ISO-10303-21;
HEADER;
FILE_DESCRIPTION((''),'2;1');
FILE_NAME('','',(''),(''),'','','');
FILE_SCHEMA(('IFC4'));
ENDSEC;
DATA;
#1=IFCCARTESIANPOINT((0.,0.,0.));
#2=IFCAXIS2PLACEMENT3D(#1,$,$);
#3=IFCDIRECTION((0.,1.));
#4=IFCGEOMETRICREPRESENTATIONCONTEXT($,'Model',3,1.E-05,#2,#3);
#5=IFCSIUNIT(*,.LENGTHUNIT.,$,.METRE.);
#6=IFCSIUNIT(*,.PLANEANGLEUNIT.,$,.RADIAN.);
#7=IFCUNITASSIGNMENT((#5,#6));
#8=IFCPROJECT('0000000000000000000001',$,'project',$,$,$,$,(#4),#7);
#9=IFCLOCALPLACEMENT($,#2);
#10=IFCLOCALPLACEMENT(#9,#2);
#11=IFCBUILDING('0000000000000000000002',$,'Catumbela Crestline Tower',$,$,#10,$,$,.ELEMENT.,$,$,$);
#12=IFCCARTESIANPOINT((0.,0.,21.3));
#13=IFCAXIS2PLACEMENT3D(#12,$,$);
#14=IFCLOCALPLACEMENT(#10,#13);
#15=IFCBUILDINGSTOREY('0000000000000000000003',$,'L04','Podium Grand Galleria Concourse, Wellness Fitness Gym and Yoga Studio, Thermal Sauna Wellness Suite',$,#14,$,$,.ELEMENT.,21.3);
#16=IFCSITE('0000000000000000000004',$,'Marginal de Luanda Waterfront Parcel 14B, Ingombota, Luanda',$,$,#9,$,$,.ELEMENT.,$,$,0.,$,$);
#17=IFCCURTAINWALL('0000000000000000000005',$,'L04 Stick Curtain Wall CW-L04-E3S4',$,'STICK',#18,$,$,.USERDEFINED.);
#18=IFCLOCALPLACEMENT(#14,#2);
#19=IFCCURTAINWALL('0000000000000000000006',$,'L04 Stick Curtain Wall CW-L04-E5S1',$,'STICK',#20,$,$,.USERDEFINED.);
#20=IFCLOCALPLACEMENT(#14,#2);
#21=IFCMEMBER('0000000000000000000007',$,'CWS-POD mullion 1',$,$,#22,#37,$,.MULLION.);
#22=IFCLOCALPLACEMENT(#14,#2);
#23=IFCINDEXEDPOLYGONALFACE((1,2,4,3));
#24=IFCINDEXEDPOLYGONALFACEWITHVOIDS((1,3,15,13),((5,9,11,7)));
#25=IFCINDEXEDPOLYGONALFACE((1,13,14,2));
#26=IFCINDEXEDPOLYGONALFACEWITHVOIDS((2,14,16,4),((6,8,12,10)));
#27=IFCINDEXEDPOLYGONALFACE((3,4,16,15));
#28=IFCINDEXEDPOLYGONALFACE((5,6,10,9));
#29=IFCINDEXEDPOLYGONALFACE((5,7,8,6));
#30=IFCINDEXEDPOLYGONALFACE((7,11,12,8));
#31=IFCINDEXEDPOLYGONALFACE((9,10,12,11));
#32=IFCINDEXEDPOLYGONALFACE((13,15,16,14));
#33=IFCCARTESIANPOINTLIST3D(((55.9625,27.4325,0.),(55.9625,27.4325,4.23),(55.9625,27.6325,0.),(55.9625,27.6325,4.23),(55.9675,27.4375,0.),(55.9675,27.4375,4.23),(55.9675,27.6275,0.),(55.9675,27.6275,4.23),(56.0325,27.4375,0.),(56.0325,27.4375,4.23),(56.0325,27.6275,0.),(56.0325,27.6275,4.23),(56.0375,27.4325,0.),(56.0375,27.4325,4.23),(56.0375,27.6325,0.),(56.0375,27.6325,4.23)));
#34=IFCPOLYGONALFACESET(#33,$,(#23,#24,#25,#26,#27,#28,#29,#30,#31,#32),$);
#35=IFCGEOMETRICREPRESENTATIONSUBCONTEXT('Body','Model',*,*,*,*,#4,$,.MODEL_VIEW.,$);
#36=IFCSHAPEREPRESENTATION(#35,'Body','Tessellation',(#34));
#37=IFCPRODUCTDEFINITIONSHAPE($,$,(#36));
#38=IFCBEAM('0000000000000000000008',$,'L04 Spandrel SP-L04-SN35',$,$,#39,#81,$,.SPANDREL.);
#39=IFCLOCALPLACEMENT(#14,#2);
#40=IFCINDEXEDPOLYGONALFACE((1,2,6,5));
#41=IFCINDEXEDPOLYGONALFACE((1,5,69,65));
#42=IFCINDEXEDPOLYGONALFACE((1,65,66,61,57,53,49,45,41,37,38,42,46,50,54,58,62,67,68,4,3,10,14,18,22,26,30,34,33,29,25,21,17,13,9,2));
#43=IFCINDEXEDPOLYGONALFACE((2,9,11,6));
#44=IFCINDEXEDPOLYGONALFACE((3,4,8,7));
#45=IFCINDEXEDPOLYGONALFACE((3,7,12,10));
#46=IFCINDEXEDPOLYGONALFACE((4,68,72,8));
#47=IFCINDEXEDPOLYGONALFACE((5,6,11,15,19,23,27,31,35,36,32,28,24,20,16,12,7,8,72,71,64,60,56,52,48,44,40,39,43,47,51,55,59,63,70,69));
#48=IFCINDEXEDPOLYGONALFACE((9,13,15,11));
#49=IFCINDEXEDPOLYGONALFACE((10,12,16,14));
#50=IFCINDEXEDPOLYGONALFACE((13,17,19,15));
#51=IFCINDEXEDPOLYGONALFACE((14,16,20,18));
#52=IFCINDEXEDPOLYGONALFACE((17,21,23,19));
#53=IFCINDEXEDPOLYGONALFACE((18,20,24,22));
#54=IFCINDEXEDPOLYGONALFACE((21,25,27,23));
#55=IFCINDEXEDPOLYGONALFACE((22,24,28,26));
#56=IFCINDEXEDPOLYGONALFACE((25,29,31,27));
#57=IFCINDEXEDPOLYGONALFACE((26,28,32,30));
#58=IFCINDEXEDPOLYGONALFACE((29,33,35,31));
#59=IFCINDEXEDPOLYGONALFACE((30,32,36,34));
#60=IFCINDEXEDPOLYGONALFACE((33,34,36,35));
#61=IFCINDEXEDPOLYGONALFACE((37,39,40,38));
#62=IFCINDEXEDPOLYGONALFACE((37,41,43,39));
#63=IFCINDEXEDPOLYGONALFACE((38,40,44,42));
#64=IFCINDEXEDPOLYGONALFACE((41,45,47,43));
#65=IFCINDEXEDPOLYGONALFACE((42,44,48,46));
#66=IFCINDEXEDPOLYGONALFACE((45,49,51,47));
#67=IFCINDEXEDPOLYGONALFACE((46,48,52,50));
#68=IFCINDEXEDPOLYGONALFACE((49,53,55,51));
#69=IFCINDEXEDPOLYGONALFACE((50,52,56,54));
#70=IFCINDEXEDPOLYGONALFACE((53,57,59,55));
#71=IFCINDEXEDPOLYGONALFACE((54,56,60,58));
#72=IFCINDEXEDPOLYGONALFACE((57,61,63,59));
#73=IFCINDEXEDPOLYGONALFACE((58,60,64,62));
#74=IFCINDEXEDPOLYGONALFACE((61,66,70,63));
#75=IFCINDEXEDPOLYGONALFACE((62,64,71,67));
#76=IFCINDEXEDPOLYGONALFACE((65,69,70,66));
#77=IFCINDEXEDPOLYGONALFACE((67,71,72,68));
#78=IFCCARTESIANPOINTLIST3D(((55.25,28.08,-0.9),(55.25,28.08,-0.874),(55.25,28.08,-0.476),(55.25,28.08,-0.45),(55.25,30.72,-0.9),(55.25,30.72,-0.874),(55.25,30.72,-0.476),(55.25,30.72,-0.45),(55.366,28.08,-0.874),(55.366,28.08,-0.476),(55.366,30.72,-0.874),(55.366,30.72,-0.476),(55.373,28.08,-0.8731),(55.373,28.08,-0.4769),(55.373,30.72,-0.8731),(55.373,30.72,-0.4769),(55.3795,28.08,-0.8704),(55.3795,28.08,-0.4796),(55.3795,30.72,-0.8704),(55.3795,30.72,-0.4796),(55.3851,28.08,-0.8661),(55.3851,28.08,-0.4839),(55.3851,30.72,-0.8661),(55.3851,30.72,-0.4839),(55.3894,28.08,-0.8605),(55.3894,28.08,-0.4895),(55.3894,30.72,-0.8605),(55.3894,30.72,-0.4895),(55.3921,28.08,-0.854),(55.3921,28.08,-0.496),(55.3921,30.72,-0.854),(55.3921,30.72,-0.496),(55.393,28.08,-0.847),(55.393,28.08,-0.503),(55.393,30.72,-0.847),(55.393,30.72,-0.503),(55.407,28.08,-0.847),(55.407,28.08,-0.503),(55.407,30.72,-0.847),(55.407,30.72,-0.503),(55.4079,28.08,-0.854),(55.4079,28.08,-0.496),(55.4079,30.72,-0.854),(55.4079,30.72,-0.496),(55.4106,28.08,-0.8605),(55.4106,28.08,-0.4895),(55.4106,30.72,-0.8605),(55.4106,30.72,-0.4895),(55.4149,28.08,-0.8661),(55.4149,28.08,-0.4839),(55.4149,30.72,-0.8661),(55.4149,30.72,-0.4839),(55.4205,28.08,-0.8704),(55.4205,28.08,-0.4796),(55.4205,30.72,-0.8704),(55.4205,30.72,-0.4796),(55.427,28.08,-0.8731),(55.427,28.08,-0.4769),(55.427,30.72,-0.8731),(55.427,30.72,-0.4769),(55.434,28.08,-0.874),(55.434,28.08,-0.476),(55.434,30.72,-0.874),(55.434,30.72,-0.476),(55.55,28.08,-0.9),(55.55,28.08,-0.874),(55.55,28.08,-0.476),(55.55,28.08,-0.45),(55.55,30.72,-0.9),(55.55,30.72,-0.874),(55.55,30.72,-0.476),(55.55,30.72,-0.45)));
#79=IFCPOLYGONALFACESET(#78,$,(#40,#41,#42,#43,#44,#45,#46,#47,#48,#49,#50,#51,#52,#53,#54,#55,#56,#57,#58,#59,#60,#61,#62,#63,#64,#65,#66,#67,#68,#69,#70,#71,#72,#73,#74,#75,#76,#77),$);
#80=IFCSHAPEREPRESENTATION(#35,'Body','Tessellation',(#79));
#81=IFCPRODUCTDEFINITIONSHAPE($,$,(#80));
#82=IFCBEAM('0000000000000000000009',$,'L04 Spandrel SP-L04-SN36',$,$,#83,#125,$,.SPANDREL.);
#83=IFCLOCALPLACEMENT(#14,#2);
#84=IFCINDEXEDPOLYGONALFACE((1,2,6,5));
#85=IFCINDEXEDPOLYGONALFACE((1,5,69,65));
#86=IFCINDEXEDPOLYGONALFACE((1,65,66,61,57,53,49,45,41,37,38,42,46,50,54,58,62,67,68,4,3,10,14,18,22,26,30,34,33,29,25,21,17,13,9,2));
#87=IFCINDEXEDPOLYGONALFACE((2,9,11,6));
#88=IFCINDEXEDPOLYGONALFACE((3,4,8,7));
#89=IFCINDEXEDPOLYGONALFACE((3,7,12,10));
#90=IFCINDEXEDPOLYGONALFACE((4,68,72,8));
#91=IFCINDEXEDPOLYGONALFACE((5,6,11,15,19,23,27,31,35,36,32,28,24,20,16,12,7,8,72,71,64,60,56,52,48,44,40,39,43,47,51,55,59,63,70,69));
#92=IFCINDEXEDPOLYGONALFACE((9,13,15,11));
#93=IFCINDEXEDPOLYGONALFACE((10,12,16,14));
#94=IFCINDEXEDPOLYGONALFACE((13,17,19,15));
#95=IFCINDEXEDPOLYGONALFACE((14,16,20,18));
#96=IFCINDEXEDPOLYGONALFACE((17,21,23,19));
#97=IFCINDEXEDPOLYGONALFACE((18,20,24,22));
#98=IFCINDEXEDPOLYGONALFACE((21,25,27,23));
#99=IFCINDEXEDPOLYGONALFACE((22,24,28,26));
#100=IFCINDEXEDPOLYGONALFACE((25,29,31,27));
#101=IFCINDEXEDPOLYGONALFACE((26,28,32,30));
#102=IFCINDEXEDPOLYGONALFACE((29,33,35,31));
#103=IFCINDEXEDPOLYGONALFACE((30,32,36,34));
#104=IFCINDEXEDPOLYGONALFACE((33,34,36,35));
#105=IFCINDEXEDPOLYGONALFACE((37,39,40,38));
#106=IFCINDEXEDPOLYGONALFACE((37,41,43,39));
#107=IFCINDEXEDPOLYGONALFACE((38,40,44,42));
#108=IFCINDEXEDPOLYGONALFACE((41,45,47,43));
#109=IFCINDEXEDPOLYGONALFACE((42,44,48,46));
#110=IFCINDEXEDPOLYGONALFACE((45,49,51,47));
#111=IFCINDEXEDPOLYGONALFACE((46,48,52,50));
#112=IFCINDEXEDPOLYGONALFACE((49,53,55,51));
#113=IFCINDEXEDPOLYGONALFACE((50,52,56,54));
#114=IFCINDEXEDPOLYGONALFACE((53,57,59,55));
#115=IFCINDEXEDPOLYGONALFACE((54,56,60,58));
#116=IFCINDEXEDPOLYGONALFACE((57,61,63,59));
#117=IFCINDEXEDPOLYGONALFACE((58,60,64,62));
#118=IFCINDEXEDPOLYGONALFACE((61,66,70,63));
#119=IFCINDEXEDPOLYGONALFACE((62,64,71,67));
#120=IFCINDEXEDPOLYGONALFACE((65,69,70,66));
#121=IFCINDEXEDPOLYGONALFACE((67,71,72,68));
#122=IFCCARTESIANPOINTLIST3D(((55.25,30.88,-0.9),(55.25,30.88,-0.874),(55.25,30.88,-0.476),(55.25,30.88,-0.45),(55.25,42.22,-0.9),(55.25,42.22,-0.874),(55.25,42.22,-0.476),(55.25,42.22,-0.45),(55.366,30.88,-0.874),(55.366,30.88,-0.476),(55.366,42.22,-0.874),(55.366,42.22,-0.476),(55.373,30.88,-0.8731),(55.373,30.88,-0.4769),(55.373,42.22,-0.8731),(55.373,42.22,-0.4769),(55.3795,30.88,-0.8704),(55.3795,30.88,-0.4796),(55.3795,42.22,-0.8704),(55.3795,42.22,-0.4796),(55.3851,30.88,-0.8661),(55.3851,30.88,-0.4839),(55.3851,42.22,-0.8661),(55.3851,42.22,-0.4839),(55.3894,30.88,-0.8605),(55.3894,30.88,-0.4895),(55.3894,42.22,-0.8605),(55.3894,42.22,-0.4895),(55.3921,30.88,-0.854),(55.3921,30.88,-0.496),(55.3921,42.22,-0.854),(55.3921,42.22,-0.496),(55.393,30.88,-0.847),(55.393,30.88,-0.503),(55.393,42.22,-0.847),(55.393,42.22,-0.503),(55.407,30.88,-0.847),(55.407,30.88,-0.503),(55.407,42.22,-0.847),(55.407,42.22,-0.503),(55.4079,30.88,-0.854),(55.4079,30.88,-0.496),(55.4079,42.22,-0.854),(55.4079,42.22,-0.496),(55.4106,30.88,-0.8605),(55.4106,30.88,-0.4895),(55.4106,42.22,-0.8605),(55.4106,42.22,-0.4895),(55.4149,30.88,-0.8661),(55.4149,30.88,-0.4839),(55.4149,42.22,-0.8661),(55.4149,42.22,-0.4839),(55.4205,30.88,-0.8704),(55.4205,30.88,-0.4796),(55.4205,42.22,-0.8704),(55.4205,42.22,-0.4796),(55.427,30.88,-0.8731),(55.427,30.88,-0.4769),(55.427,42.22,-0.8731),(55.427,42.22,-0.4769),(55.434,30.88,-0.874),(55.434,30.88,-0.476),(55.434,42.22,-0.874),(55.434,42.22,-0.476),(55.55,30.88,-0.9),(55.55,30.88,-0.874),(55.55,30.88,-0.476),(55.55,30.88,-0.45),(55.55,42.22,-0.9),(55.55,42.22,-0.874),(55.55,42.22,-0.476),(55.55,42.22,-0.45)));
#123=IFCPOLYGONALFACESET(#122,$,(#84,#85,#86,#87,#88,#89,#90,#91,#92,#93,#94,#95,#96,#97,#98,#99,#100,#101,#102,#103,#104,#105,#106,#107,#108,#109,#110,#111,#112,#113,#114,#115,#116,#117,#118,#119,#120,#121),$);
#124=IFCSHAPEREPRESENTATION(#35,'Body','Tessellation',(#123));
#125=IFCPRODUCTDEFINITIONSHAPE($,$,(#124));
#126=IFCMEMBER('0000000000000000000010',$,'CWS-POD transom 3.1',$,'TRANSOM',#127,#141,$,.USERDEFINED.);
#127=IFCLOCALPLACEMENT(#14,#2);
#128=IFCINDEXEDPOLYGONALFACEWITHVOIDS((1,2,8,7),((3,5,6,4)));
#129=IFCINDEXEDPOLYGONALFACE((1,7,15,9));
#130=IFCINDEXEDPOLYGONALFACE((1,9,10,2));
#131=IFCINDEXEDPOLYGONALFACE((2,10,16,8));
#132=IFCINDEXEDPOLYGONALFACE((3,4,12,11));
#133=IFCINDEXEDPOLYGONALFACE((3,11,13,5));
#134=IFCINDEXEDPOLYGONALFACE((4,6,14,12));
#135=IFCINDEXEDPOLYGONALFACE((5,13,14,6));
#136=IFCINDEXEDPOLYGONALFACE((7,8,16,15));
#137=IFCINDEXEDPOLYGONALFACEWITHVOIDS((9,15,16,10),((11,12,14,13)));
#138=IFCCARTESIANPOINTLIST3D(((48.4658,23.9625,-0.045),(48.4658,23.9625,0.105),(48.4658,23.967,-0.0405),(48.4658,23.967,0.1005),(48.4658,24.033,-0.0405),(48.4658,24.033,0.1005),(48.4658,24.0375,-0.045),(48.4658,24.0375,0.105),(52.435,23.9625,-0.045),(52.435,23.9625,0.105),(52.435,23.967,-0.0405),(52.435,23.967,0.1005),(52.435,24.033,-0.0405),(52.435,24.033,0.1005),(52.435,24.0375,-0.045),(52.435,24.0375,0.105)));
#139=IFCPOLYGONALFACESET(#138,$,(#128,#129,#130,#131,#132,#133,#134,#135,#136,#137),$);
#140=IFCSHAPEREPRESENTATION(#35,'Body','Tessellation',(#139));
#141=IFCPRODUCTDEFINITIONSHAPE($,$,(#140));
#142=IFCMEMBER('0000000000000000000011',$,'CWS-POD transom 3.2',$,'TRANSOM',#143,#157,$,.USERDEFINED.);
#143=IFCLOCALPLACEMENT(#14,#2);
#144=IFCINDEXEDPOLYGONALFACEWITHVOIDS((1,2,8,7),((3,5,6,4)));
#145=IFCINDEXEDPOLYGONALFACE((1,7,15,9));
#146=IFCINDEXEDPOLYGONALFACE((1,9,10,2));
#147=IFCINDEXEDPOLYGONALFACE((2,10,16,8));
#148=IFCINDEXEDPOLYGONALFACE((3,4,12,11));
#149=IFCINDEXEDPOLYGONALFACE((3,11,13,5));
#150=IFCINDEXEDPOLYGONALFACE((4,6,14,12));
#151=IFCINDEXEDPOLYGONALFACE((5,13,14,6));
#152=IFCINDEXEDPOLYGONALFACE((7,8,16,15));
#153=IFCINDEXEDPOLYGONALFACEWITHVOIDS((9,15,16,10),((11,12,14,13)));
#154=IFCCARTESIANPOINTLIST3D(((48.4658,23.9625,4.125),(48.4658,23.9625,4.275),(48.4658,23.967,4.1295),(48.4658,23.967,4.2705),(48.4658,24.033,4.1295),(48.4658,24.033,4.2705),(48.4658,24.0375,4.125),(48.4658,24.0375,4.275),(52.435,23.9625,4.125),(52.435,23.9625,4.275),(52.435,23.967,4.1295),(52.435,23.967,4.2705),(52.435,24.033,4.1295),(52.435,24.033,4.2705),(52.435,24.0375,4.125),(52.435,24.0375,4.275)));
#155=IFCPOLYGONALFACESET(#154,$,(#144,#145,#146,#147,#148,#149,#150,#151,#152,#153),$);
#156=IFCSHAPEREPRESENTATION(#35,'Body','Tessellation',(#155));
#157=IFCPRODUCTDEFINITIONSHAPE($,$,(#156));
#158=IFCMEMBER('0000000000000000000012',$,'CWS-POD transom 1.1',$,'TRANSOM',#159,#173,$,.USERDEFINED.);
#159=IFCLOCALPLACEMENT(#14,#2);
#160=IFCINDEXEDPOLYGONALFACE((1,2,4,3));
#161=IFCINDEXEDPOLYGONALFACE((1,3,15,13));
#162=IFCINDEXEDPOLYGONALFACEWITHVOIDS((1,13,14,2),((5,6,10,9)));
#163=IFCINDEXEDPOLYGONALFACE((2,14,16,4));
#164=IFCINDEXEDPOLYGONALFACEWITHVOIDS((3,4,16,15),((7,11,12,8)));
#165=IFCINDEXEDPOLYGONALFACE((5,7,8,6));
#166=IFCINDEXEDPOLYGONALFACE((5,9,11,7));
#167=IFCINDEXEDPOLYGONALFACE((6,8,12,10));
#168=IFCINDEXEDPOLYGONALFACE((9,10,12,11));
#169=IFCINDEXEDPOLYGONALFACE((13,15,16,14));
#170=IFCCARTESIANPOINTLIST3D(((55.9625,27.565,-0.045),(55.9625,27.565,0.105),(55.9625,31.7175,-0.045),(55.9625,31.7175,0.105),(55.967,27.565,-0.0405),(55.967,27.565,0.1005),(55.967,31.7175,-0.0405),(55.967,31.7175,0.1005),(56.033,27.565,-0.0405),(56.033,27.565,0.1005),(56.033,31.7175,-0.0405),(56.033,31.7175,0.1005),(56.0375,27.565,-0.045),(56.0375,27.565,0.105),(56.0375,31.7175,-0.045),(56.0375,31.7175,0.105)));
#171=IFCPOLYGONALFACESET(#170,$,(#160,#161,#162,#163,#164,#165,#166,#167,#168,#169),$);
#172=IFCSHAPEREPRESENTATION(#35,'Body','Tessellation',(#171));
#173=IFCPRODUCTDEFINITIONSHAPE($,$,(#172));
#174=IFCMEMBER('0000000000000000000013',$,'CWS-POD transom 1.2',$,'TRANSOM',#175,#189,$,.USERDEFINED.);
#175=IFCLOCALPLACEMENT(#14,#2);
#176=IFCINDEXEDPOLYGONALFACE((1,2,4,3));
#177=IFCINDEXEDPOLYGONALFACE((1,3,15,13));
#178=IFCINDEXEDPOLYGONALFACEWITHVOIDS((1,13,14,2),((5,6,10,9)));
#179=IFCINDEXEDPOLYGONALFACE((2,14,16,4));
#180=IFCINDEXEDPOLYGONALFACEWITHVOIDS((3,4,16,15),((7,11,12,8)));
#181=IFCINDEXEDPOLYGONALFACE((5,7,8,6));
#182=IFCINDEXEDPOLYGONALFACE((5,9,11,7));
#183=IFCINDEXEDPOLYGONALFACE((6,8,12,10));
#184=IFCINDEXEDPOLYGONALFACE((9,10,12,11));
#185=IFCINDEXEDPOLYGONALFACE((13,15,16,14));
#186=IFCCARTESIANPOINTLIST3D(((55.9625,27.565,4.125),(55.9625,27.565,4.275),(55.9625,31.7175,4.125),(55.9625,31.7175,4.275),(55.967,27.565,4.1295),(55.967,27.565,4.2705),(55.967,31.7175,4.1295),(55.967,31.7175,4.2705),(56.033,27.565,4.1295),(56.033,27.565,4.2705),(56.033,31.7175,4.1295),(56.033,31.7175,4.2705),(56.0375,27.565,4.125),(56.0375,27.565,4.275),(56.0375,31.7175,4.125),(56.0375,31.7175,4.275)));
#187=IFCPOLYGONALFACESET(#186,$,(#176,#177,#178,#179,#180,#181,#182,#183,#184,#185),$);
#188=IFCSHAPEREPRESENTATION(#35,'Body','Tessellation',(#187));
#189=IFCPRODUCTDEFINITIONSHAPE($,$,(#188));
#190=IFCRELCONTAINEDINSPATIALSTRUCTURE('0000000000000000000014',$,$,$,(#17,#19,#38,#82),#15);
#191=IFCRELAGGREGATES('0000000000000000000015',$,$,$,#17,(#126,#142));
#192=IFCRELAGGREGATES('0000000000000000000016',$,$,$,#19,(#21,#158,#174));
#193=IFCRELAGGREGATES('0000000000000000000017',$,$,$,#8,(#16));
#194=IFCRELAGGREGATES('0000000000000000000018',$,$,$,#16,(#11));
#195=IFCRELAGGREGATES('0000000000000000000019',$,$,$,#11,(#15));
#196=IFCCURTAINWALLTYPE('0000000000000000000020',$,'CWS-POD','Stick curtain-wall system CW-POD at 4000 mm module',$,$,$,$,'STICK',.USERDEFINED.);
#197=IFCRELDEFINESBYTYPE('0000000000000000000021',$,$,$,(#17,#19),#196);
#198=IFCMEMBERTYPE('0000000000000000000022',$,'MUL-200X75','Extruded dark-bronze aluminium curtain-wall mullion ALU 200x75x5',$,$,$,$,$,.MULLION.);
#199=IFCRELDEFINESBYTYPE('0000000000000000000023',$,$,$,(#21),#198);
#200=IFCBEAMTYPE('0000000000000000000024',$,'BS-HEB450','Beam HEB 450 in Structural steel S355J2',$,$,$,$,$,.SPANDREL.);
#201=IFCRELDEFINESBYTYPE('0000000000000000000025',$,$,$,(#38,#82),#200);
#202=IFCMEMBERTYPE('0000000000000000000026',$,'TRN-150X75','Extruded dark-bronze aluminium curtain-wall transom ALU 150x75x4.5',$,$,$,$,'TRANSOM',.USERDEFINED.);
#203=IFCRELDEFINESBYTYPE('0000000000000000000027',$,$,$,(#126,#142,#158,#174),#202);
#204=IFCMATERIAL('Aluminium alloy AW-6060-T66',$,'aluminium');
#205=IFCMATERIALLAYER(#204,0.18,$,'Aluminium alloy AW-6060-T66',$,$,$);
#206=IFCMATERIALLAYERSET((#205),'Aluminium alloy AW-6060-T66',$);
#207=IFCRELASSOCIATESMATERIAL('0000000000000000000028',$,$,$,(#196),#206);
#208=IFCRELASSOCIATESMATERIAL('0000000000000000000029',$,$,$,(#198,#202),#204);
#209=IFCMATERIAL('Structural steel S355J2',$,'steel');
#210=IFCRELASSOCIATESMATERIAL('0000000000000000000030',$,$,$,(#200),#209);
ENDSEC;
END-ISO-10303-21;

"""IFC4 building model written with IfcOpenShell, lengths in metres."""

from ifc_helpers import new_model, si_unit, direction, frame, origin, origin_2d, place, context, subcontext, project, spatial, hollow_rectangle, i_section, extrude, material, layer, layer_set, material_profile, profile_set, type_object, element, aggregate, save


model = new_model("IFC4")

# Units and contexts
model_context = context("Model", 3, precision=1e-05, world=origin(), true_north=direction((0.0, 1.0)))
body_context = subcontext(model_context, "Body", "Model", "MODEL_VIEW")
ifc_project = project(units=[si_unit("LENGTHUNIT", "METRE"), si_unit("PLANEANGLEUNIT", "RADIAN")], contexts=[model_context])

# Site, building, storey
site_placement = place(None, origin())
site = spatial("IfcSite", under=ifc_project, at=site_placement, Name="Marginal de Luanda Waterfront Parcel 14B, Ingombota, Luanda", CompositionType="ELEMENT", RefElevation=0.0)
building_placement = place(site_placement, origin())
building = spatial("IfcBuilding", under=site, at=building_placement, Name="Catumbela Crestline Tower", CompositionType="ELEMENT")
storey_placement = place(building_placement, frame((0.0, 0.0, 21.3)))
storey = spatial("IfcBuildingStorey", under=building, at=storey_placement, Name="L04", Description="Podium Grand Galleria Concourse, Wellness Fitness Gym and Yoga Studio, Thermal Sauna Wellness Suite", CompositionType="ELEMENT", Elevation=21.3)

# Shared definitions
ifc_material_1 = material(Name="Structural steel S355J2", Category="steel")

# Curtain wall
ifc_material_2 = material(Name="Aluminium alloy AW-6060-T66", Category="aluminium")
ifc_layer_1 = layer(ifc_material_2, 0.18, Name="Aluminium alloy AW-6060-T66")
ifc_layer_set_1 = layer_set([ifc_layer_1], Name="Aluminium alloy AW-6060-T66")
curtain_wall_type = type_object("IfcCurtainWallType", Name="CWS-POD", Description="Stick curtain-wall system CW-POD at 4000 mm module", ElementType="STICK", PredefinedType="USERDEFINED", material=ifc_layer_set_1)
curtain_wall_1_placement = place(storey_placement, origin())
curtain_wall_1 = element("IfcCurtainWall", 1, at=curtain_wall_1_placement, inside=storey, type_object=curtain_wall_type, Name="L04 Stick Curtain Wall CW-L04-E3S4", ObjectType="STICK", PredefinedType="USERDEFINED")
ifc_material_profile_1 = material_profile(ifc_material_2, hollow_rectangle(XDim=0.075, YDim=0.2, WallThickness=0.005, at=origin_2d()), Name="ALU 200x75x5")
ifc_profile_set_1 = profile_set([ifc_material_profile_1], Name="Aluminium alloy AW-6060-T66")
member_type_1 = type_object("IfcMemberType", Name="MUL-200X75", Description="Extruded dark-bronze aluminium curtain-wall mullion ALU 200x75x5", PredefinedType="MULLION", material=ifc_profile_set_1)

# Curtain wall, member
curtain_wall_2_placement = place(storey_placement, origin())
curtain_wall_2 = element("IfcCurtainWall", 2, at=curtain_wall_2_placement, inside=storey, type_object=curtain_wall_type, Name="L04 Stick Curtain Wall CW-L04-E5S1", ObjectType="STICK", PredefinedType="USERDEFINED")
member_1_placement = place(storey_placement, frame((56.0, 27.5325, 0.0), z_axis=(0.0, 0.0, 1.0), x_axis=(-1.0, 0.0, 0.0)))
member_1 = element("IfcMember", 3, at=member_1_placement, type_object=member_type_1, Name="CWS-POD mullion 1", PredefinedType="MULLION", context=body_context, shape_type="SweptSolid", body=[
    extrude(hollow_rectangle(XDim=0.075, YDim=0.2, WallThickness=0.005, at=origin_2d()), origin(), (0.0, 0.0, 1.0), 4.23),
])

# Beams
ifc_material_profile_2 = material_profile(ifc_material_1, i_section(OverallWidth=0.3, OverallDepth=0.45, WebThickness=0.014, FlangeThickness=0.026, FilletRadius=0.027, at=origin_2d()), Name="HEB 450")
ifc_profile_set_2 = profile_set([ifc_material_profile_2], Name="Structural steel S355J2")
beam_type_1 = type_object("IfcBeamType", Name="BS-HEB450", Description="Beam HEB 450 in Structural steel S355J2", PredefinedType="SPANDREL", material=ifc_profile_set_2)
beam_1_placement = place(storey_placement, frame((55.4, 28.08, -0.675), z_axis=(0.0, 1.0, 0.0), x_axis=(-1.0, 0.0, 0.0)))
element("IfcBeam", 4, at=beam_1_placement, inside=storey, type_object=beam_type_1, Name="L04 Spandrel SP-L04-SN35", PredefinedType="SPANDREL", context=body_context, shape_type="SweptSolid", body=[
    extrude(i_section(OverallWidth=0.3, OverallDepth=0.45, WebThickness=0.014, FlangeThickness=0.026, FilletRadius=0.027, at=origin_2d()), origin(), (0.0, 0.0, 1.0), 2.64),
])
beam_2_placement = place(storey_placement, frame((55.4, 30.88, -0.675), z_axis=(0.0, 1.0, 0.0), x_axis=(-1.0, 0.0, 0.0)))
element("IfcBeam", 5, at=beam_2_placement, inside=storey, type_object=beam_type_1, Name="L04 Spandrel SP-L04-SN36", PredefinedType="SPANDREL", context=body_context, shape_type="SweptSolid", body=[
    extrude(i_section(OverallWidth=0.3, OverallDepth=0.45, WebThickness=0.014, FlangeThickness=0.026, FilletRadius=0.027, at=origin_2d()), origin(), (0.0, 0.0, 1.0), 11.34),
])

# Members
ifc_material_profile_3 = material_profile(ifc_material_2, hollow_rectangle(XDim=0.075, YDim=0.15, WallThickness=0.0045, at=origin_2d()), Name="ALU 150x75x4.5")
ifc_profile_set_3 = profile_set([ifc_material_profile_3], Name="Aluminium alloy AW-6060-T66")
member_type_2 = type_object("IfcMemberType", Name="TRN-150X75", Description="Extruded dark-bronze aluminium curtain-wall transom ALU 150x75x4.5", ElementType="TRANSOM", PredefinedType="USERDEFINED", material=ifc_profile_set_3)
member_2_placement = place(storey_placement, frame((48.4658, 24.0, 0.03), z_axis=(1.0, 0.0, 0.0), x_axis=(0.0, 1.0, 0.0)))
member_2 = element("IfcMember", 6, at=member_2_placement, type_object=member_type_2, Name="CWS-POD transom 3.1", ObjectType="TRANSOM", PredefinedType="USERDEFINED", context=body_context, shape_type="SweptSolid", body=[
    extrude(hollow_rectangle(XDim=0.075, YDim=0.15, WallThickness=0.0045, at=origin_2d()), origin(), (0.0, 0.0, 1.0), 3.9692),
])
member_3_placement = place(storey_placement, frame((48.4658, 24.0, 4.2), z_axis=(1.0, 0.0, 0.0), x_axis=(0.0, 1.0, 0.0)))
member_3 = element("IfcMember", 7, at=member_3_placement, type_object=member_type_2, Name="CWS-POD transom 3.2", ObjectType="TRANSOM", PredefinedType="USERDEFINED", context=body_context, shape_type="SweptSolid", body=[
    extrude(hollow_rectangle(XDim=0.075, YDim=0.15, WallThickness=0.0045, at=origin_2d()), origin(), (0.0, 0.0, 1.0), 3.9692),
])
member_4_placement = place(storey_placement, frame((56.0, 27.565, 0.03), z_axis=(0.0, 1.0, 0.0), x_axis=(-1.0, 0.0, 0.0)))
member_4 = element("IfcMember", 8, at=member_4_placement, type_object=member_type_2, Name="CWS-POD transom 1.1", ObjectType="TRANSOM", PredefinedType="USERDEFINED", context=body_context, shape_type="SweptSolid", body=[
    extrude(hollow_rectangle(XDim=0.075, YDim=0.15, WallThickness=0.0045, at=origin_2d()), origin(), (0.0, 0.0, 1.0), 4.1525),
])
member_5_placement = place(storey_placement, frame((56.0, 27.565, 4.2), z_axis=(0.0, 1.0, 0.0), x_axis=(-1.0, 0.0, 0.0)))
member_5 = element("IfcMember", 9, at=member_5_placement, type_object=member_type_2, Name="CWS-POD transom 1.2", ObjectType="TRANSOM", PredefinedType="USERDEFINED", context=body_context, shape_type="SweptSolid", body=[
    extrude(hollow_rectangle(XDim=0.075, YDim=0.15, WallThickness=0.0045, at=origin_2d()), origin(), (0.0, 0.0, 1.0), 4.1525),
])

aggregate(curtain_wall_1, [member_2, member_3])
aggregate(curtain_wall_2, [member_1, member_4, member_5])

save(model, "model.ifc")
